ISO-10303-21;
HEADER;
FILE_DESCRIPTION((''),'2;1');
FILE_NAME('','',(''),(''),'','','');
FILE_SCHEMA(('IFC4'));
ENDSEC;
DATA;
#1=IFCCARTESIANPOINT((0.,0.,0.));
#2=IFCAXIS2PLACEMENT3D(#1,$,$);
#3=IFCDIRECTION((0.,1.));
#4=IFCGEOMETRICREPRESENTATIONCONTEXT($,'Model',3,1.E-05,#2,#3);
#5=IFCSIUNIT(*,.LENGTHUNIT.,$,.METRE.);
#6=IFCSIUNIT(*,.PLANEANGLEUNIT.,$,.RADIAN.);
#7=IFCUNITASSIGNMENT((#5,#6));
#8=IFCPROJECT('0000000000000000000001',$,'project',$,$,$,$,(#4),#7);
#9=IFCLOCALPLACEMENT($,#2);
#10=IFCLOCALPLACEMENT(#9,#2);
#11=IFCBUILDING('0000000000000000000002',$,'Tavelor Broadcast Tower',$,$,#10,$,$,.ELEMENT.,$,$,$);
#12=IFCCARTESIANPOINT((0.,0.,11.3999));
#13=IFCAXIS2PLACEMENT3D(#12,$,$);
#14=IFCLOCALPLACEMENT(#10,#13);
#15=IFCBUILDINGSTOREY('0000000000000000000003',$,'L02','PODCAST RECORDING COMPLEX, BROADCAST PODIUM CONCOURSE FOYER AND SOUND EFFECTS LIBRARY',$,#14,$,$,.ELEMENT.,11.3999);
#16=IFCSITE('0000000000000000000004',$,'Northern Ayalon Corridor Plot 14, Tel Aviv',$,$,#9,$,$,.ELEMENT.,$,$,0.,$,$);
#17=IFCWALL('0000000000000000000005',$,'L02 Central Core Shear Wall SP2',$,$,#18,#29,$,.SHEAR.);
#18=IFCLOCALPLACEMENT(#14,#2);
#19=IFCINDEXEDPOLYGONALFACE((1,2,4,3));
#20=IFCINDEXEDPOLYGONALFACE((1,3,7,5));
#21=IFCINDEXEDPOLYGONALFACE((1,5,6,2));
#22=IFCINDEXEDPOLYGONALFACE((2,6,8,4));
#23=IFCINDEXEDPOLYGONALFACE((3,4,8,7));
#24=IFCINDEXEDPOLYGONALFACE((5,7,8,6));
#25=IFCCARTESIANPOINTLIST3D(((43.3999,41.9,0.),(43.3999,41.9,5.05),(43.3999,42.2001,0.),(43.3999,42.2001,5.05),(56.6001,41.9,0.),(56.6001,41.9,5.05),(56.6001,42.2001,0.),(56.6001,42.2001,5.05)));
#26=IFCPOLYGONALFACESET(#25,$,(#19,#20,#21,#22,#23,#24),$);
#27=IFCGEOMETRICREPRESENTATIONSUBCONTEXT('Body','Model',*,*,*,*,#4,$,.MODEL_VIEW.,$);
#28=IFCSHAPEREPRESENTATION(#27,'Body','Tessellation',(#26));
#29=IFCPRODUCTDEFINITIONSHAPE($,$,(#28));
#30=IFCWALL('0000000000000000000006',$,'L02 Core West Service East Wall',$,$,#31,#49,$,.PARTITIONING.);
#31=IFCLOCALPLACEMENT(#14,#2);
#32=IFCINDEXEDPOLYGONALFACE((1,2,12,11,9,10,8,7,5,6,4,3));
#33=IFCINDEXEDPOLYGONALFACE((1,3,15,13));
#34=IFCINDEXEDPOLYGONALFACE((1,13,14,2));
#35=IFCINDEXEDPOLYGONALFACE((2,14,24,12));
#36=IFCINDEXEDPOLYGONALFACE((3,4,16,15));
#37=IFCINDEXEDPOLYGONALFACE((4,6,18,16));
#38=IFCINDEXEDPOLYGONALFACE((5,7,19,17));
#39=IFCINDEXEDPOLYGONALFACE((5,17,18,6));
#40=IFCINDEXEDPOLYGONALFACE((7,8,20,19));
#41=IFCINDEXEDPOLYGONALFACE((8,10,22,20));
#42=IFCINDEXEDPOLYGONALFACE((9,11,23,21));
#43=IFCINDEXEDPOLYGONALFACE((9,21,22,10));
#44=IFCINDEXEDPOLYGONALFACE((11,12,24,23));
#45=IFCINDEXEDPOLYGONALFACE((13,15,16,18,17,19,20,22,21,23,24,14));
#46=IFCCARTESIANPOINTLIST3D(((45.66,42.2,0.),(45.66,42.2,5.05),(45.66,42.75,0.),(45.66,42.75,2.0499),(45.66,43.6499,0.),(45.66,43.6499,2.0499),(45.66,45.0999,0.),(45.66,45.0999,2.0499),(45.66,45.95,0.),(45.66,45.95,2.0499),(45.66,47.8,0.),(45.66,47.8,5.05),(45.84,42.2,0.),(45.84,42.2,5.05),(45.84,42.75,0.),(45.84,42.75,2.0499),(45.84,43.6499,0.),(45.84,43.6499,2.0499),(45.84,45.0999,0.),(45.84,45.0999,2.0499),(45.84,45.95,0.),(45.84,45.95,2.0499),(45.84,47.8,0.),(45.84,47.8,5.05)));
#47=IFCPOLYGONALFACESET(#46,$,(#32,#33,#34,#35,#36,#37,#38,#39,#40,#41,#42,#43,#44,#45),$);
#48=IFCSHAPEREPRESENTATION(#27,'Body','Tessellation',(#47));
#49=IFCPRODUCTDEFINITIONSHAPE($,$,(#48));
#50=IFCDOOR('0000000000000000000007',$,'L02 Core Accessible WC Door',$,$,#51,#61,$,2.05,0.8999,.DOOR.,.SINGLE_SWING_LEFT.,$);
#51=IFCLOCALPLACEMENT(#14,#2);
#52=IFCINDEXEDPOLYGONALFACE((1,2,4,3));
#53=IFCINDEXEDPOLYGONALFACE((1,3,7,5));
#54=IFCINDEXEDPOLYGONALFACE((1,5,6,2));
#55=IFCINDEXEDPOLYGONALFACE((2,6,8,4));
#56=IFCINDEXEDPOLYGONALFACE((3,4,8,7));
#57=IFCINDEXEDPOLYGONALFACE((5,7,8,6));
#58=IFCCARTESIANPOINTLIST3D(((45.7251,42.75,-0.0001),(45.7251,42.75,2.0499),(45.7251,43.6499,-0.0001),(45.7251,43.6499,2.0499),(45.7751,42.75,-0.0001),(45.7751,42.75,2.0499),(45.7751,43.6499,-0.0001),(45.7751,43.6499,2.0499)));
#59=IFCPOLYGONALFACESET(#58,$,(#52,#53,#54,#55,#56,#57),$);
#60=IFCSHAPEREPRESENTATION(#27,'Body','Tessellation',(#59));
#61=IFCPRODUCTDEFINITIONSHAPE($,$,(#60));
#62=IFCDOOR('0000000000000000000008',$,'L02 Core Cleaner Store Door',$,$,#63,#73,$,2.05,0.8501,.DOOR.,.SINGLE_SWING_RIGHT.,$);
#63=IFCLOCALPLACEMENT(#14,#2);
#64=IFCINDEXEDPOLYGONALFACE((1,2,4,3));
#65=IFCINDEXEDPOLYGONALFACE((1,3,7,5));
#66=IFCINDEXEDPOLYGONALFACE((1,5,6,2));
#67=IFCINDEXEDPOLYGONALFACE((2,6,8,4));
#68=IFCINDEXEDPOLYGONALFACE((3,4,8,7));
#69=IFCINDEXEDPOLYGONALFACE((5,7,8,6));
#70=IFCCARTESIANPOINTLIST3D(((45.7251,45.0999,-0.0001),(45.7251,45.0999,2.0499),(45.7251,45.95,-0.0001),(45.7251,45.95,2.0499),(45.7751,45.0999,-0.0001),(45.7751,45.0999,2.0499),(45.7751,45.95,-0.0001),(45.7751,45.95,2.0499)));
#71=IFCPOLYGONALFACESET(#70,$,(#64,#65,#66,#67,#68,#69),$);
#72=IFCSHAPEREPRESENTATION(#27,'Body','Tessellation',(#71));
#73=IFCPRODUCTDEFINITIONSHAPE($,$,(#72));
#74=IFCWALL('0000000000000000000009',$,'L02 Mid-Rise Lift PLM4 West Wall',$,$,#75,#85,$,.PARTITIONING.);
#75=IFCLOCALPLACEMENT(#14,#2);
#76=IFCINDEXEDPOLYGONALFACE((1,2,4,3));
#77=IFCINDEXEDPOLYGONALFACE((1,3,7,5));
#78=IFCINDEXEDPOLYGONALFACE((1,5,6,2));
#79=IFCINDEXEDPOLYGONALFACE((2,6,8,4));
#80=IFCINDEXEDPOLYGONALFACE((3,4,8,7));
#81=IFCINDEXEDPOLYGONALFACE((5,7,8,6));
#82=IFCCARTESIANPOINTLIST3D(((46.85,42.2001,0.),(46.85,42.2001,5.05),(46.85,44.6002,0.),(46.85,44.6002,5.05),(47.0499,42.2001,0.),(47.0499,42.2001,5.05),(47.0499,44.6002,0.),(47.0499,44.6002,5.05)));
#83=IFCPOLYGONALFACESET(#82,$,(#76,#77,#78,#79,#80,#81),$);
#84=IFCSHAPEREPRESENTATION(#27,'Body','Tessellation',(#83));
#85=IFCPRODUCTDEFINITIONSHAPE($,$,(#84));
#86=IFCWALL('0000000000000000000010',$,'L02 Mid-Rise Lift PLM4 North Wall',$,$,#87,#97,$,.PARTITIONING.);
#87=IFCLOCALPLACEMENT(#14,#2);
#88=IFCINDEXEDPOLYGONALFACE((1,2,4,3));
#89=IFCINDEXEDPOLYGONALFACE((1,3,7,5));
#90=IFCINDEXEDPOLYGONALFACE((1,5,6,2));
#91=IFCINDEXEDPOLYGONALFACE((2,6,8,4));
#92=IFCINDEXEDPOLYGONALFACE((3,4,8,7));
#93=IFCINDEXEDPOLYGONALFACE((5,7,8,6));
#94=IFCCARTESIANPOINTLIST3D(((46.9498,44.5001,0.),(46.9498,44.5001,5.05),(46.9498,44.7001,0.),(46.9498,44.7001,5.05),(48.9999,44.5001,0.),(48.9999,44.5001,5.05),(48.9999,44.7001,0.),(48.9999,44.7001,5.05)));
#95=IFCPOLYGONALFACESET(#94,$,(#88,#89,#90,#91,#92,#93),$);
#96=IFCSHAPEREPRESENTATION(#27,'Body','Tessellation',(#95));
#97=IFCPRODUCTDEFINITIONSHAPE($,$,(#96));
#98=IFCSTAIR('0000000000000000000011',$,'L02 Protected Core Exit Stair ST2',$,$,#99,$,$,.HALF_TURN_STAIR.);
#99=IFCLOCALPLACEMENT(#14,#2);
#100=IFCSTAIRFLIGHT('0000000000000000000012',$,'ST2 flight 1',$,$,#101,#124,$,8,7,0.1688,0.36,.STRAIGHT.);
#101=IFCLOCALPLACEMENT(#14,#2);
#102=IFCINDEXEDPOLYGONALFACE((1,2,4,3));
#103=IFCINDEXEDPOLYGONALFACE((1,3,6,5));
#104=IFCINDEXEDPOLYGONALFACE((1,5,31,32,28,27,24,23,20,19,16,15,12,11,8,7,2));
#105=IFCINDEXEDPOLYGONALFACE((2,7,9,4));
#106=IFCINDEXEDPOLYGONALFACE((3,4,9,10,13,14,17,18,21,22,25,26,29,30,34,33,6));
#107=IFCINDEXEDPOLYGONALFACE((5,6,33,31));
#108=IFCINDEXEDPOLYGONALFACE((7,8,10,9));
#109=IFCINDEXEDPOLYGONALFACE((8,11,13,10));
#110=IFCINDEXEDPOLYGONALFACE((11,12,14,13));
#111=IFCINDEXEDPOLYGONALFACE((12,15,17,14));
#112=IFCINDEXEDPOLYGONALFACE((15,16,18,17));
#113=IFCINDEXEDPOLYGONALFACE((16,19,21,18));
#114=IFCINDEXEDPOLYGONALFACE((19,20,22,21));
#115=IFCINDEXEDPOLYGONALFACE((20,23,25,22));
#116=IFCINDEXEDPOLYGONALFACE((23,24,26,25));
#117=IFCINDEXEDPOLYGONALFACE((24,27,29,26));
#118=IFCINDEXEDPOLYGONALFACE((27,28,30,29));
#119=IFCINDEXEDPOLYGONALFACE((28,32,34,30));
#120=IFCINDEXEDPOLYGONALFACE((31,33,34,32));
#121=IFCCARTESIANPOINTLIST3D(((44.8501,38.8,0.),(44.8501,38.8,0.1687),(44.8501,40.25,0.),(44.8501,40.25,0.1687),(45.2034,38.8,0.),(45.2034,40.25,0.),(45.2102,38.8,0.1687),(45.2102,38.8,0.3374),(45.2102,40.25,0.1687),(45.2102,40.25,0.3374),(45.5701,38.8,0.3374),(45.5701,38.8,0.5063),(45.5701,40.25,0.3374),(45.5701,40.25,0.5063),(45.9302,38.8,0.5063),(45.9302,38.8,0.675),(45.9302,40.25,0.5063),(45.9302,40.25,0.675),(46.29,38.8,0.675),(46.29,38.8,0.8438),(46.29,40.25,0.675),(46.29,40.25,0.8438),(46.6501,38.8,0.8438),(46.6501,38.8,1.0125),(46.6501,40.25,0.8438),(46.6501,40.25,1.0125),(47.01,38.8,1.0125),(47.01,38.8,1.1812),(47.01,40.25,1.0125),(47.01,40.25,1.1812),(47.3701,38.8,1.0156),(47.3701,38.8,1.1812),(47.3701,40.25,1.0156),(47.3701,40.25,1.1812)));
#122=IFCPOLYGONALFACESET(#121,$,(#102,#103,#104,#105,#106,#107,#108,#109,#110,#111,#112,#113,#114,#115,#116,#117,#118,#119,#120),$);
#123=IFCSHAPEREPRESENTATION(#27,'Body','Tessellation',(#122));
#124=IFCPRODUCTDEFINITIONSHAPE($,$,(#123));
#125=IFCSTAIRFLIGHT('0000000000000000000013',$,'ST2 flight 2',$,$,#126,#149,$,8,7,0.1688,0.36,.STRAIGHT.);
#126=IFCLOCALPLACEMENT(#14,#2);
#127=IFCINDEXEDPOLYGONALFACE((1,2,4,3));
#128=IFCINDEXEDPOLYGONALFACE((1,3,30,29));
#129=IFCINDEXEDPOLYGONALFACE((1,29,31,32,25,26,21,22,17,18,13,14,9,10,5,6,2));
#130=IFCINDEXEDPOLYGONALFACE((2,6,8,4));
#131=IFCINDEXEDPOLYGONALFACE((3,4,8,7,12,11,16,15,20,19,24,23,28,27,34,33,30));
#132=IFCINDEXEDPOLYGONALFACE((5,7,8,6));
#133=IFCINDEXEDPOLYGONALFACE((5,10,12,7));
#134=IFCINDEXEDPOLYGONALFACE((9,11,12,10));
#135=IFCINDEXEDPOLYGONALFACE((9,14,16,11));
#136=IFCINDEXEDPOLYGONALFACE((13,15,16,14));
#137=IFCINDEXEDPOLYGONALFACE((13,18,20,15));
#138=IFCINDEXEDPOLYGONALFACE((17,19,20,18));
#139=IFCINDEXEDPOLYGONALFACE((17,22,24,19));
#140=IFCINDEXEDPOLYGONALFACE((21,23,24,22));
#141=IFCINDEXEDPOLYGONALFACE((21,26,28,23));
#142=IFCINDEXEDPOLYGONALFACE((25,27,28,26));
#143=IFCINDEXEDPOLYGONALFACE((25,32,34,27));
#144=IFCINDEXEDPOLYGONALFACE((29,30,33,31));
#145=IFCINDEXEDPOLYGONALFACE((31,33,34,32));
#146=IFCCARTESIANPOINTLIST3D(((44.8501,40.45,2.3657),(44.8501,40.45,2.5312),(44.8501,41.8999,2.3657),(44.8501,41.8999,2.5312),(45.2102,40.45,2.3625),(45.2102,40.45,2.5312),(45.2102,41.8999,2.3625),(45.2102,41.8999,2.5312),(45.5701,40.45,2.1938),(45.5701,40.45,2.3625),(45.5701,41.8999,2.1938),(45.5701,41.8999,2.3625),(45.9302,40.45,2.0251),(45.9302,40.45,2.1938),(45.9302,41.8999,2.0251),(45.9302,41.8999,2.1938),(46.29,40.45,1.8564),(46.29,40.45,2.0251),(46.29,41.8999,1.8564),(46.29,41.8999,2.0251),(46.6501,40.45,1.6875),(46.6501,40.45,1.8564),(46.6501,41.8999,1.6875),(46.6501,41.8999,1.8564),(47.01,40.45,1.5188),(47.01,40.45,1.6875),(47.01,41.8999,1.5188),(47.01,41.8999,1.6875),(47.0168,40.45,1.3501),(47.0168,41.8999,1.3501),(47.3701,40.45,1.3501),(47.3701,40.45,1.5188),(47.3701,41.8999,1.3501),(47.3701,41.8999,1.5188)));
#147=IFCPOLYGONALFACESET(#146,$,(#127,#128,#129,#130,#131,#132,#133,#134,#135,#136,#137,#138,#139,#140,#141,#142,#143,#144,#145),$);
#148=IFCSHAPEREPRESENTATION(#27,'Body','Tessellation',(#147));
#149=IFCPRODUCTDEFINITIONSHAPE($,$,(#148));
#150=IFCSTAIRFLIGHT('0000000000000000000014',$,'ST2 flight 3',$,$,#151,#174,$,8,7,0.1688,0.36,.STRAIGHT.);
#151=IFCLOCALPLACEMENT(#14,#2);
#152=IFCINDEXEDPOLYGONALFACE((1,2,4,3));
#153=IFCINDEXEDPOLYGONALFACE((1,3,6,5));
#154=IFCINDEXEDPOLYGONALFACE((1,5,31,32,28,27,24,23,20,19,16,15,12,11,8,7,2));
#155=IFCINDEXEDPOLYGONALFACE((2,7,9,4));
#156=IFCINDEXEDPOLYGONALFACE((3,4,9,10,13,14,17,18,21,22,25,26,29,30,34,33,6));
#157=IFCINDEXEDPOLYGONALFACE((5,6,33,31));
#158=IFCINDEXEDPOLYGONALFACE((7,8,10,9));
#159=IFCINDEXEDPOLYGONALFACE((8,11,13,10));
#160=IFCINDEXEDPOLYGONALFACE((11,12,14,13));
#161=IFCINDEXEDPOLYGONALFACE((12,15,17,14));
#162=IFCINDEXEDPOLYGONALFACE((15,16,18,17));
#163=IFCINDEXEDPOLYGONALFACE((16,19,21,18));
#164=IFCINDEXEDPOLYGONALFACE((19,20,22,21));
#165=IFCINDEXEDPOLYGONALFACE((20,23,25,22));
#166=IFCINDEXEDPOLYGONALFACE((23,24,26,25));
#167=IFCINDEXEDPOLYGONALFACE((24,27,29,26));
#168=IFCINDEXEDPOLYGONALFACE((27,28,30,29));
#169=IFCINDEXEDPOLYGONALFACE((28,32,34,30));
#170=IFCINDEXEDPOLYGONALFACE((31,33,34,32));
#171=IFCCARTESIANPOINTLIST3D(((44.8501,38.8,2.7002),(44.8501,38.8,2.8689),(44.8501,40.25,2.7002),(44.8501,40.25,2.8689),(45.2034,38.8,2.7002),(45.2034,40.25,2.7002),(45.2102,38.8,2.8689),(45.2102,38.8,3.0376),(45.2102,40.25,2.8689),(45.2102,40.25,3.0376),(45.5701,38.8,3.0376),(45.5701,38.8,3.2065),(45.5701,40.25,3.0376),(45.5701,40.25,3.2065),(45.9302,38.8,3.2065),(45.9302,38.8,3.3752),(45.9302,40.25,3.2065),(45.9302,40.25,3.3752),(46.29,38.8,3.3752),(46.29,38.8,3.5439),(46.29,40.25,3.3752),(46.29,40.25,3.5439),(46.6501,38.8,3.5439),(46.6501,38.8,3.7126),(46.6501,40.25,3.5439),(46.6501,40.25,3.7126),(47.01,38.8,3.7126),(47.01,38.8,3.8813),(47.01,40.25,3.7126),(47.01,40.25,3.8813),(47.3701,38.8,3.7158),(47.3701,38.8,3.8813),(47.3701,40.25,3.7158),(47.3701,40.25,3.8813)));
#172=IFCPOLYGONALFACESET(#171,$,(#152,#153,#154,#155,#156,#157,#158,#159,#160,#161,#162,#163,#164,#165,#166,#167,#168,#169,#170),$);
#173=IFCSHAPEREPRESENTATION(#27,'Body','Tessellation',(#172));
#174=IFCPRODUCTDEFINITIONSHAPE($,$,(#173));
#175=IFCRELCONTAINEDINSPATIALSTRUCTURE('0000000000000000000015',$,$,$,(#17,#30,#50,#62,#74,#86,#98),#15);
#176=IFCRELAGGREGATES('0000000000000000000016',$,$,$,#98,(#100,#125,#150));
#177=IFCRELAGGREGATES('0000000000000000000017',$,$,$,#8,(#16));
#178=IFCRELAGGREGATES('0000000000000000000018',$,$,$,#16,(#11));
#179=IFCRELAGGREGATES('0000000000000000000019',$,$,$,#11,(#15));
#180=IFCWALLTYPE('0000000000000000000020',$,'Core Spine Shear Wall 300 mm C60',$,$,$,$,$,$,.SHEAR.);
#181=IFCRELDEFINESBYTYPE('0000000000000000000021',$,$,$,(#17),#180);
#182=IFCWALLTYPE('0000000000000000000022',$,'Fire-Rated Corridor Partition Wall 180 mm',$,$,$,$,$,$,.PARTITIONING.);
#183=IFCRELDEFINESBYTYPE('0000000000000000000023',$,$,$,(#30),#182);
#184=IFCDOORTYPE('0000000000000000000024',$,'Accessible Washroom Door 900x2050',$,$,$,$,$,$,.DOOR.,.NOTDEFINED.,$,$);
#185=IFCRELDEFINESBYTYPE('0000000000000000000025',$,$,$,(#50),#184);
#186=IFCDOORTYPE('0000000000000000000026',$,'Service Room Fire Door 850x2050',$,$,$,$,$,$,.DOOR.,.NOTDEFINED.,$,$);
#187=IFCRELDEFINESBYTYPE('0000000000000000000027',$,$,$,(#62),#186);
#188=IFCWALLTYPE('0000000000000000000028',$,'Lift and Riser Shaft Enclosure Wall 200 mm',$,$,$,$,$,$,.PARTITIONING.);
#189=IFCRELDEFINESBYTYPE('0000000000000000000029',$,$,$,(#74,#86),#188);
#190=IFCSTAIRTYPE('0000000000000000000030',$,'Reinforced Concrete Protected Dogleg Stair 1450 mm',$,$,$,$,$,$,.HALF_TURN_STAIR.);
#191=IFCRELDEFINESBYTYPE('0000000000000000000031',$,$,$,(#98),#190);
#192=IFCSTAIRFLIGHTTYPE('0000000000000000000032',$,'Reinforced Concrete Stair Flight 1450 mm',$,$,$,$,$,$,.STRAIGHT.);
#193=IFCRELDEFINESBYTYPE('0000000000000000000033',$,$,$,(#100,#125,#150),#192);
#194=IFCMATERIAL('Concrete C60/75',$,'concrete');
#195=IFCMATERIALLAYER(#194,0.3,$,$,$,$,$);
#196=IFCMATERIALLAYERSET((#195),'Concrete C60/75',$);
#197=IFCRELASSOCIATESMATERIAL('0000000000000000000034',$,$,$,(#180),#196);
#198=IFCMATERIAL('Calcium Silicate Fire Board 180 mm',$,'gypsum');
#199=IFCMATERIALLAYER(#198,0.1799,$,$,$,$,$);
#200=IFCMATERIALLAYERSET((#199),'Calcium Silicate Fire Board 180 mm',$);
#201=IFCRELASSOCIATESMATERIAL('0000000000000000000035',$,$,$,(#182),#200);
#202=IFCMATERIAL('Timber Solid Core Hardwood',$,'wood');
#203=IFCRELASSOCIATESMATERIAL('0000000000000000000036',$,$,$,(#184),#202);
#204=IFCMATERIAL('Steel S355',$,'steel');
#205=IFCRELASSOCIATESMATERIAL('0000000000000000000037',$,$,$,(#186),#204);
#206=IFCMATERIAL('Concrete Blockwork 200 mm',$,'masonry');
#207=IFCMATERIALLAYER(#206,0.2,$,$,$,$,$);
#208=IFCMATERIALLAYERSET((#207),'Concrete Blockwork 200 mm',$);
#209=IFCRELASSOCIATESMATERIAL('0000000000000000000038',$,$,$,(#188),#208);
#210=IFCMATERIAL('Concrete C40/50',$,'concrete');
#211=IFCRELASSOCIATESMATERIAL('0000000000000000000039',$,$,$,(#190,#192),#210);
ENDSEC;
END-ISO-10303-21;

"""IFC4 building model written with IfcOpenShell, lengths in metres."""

from ifc_helpers import new_model, si_unit, direction, frame, frame_2d, origin, place, context, subcontext, project, spatial, polyline, rectangle, outline, extrude, material, layer, layer_set, type_object, element, fill, aggregate, save


model = new_model("IFC4")

# Units and contexts
model_context = context("Model", 3, precision=1e-05, world=origin(), true_north=direction((0.0, 1.0)))
body_context = subcontext(model_context, "Body", "Model", "MODEL_VIEW")
ifc_project = project(units=[si_unit("LENGTHUNIT", "METRE"), si_unit("PLANEANGLEUNIT", "RADIAN")], contexts=[model_context])

# Site, building, storey
site_placement = place(None, origin())
site = spatial("IfcSite", under=ifc_project, at=site_placement, Name="Northern Ayalon Corridor Plot 14, Tel Aviv", CompositionType="ELEMENT", RefElevation=0.0)
building_placement = place(site_placement, origin())
building = spatial("IfcBuilding", under=site, at=building_placement, Name="Tavelor Broadcast Tower", CompositionType="ELEMENT")
storey_placement = place(building_placement, frame((0.0, 0.0, 11.3999)))
storey = spatial("IfcBuildingStorey", under=building, at=storey_placement, Name="L02", Description="PODCAST RECORDING COMPLEX, BROADCAST PODIUM CONCOURSE FOYER AND SOUND EFFECTS LIBRARY", CompositionType="ELEMENT", Elevation=11.3999)

# Wall
ifc_material_1 = material(Name="Concrete C60/75", Category="concrete")
ifc_layer_1 = layer(ifc_material_1, 0.3)
ifc_layer_set_1 = layer_set([ifc_layer_1], Name="Concrete C60/75")
wall_type_1 = type_object("IfcWallType", Name="Core Spine Shear Wall 300 mm C60", PredefinedType="SHEAR", material=ifc_layer_set_1)
wall_1_placement = place(storey_placement, frame((43.3999, 42.05, 0.0), z_axis=(0.0, 0.0, 1.0), x_axis=(1.0, 0.0, 0.0)))
element("IfcWall", 1, at=wall_1_placement, inside=storey, type_object=wall_type_1, Name="L02 Central Core Shear Wall SP2", PredefinedType="SHEAR", context=body_context, shape_type="SweptSolid", body=[
    extrude(rectangle(XDim=13.2002, YDim=0.3, at=frame_2d((6.6001, 0.0))), origin(), (0.0, 0.0, 1.0), 5.05),
])

# Wall, openings, doors
ifc_material_2 = material(Name="Calcium Silicate Fire Board 180 mm", Category="gypsum")
ifc_layer_2 = layer(ifc_material_2, 0.1799)
ifc_layer_set_2 = layer_set([ifc_layer_2], Name="Calcium Silicate Fire Board 180 mm")
wall_type_2 = type_object("IfcWallType", Name="Fire-Rated Corridor Partition Wall 180 mm", PredefinedType="PARTITIONING", material=ifc_layer_set_2)
wall_2_placement = place(storey_placement, frame((45.75, 42.2, 0.0), z_axis=(0.0, 0.0, 1.0), x_axis=(0.0, 1.0, 0.0)))
wall_2 = element("IfcWall", 2, at=wall_2_placement, inside=storey, type_object=wall_type_2, Name="L02 Core West Service East Wall", PredefinedType="PARTITIONING", context=body_context, shape_type="SweptSolid", body=[
    extrude(rectangle(XDim=5.6001, YDim=0.1799, at=frame_2d((2.8, 0.0))), origin(), (0.0, 0.0, 1.0), 5.05),
])
opening_1_placement = place(wall_2_placement, frame((0.55, 0.0, 0.0)))
opening_1 = element("IfcOpeningElement", 3, at=opening_1_placement, cuts=wall_2, PredefinedType="OPENING", context=body_context, shape_type="SweptSolid", body=[
    extrude(rectangle(XDim=0.8999, YDim=2.05, at=frame_2d((0.45, 1.0249))), frame((0.0, 0.1001, 0.0), z_axis=(0.0, -1.0, 0.0), x_axis=(1.0, 0.0, 0.0)), (0.0, 0.0, 1.0), 0.2),
])
opening_2_placement = place(wall_2_placement, frame((2.8999, 0.0, 0.0)))
opening_2 = element("IfcOpeningElement", 4, at=opening_2_placement, cuts=wall_2, PredefinedType="OPENING", context=body_context, shape_type="SweptSolid", body=[
    extrude(rectangle(XDim=0.8501, YDim=2.05, at=frame_2d((0.425, 1.0249))), frame((0.0, 0.1001, 0.0), z_axis=(0.0, -1.0, 0.0), x_axis=(1.0, 0.0, 0.0)), (0.0, 0.0, 1.0), 0.2),
])
ifc_material_3 = material(Name="Timber Solid Core Hardwood", Category="wood")
door_type_1 = type_object("IfcDoorType", Name="Accessible Washroom Door 900x2050", OperationType="NOTDEFINED", PredefinedType="DOOR", material=ifc_material_3)
door_1_placement = place(opening_1_placement, origin())
door_1 = element("IfcDoor", 5, at=door_1_placement, inside=storey, type_object=door_type_1, Name="L02 Core Accessible WC Door", OperationType="SINGLE_SWING_LEFT", OverallHeight=2.05, OverallWidth=0.8999, PredefinedType="DOOR", context=body_context, shape_type="SweptSolid", body=[
    extrude(rectangle(XDim=0.8999, YDim=2.05, at=frame_2d((0.45, 1.0249))), frame((0.0, 0.0249, 0.0), z_axis=(0.0, -1.0, 0.0), x_axis=(1.0, 0.0, 0.0)), (0.0, 0.0, 1.0), 0.05),
])
fill(opening_1, door_1)
ifc_material_4 = material(Name="Steel S355", Category="steel")
door_type_2 = type_object("IfcDoorType", Name="Service Room Fire Door 850x2050", OperationType="NOTDEFINED", PredefinedType="DOOR", material=ifc_material_4)
door_2_placement = place(opening_2_placement, origin())
door_2 = element("IfcDoor", 6, at=door_2_placement, inside=storey, type_object=door_type_2, Name="L02 Core Cleaner Store Door", OperationType="SINGLE_SWING_RIGHT", OverallHeight=2.05, OverallWidth=0.8501, PredefinedType="DOOR", context=body_context, shape_type="SweptSolid", body=[
    extrude(rectangle(XDim=0.8501, YDim=2.05, at=frame_2d((0.425, 1.0249))), frame((0.0, 0.0249, 0.0), z_axis=(0.0, -1.0, 0.0), x_axis=(1.0, 0.0, 0.0)), (0.0, 0.0, 1.0), 0.05),
])
fill(opening_2, door_2)

# Walls
ifc_material_5 = material(Name="Concrete Blockwork 200 mm", Category="masonry")
ifc_layer_3 = layer(ifc_material_5, 0.2)
ifc_layer_set_3 = layer_set([ifc_layer_3], Name="Concrete Blockwork 200 mm")
wall_type_3 = type_object("IfcWallType", Name="Lift and Riser Shaft Enclosure Wall 200 mm", PredefinedType="PARTITIONING", material=ifc_layer_set_3)
wall_3_placement = place(storey_placement, frame((46.95, 42.2, 0.0), z_axis=(0.0, 0.0, 1.0), x_axis=(0.0, 1.0, 0.0)))
element("IfcWall", 7, at=wall_3_placement, inside=storey, type_object=wall_type_3, Name="L02 Mid-Rise Lift PLM4 West Wall", PredefinedType="PARTITIONING", context=body_context, shape_type="SweptSolid", body=[
    extrude(rectangle(XDim=2.4001, YDim=0.2, at=frame_2d((1.2002, 0.0))), origin(), (0.0, 0.0, 1.0), 5.05),
])
wall_4_placement = place(storey_placement, frame((46.95, 44.6001, 0.0), z_axis=(0.0, 0.0, 1.0), x_axis=(1.0, 0.0, 0.0)))
element("IfcWall", 8, at=wall_4_placement, inside=storey, type_object=wall_type_3, Name="L02 Mid-Rise Lift PLM4 North Wall", PredefinedType="PARTITIONING", context=body_context, shape_type="SweptSolid", body=[
    extrude(rectangle(XDim=2.05, YDim=0.2, at=frame_2d((1.0249, 0.0))), origin(), (0.0, 0.0, 1.0), 5.05),
])

# Stair, stair flights
ifc_material_6 = material(Name="Concrete C40/50", Category="concrete")
stair_type = type_object("IfcStairType", Name="Reinforced Concrete Protected Dogleg Stair 1450 mm", PredefinedType="HALF_TURN_STAIR", material=ifc_material_6)
stair_placement = place(storey_placement, origin())
stair = element("IfcStair", 9, at=stair_placement, inside=storey, type_object=stair_type, Name="L02 Protected Core Exit Stair ST2", PredefinedType="HALF_TURN_STAIR")
stair_flight_type = type_object("IfcStairFlightType", Name="Reinforced Concrete Stair Flight 1450 mm", PredefinedType="STRAIGHT", material=ifc_material_6)
stair_flight_1_placement = place(storey_placement, frame((44.8501, 39.5249, 0.0), z_axis=(0.0, 0.0, 1.0), x_axis=(1.0, 0.0, 0.0)))
stair_flight_1 = element("IfcStairFlight", 10, at=stair_flight_1_placement, type_object=stair_flight_type, Name="ST2 flight 1", NumberOfRisers=8, NumberOfTreads=7, PredefinedType="STRAIGHT", RiserHeight=0.1688, TreadLength=0.36, context=body_context, shape_type="SweptSolid", body=[
    extrude(outline(polyline([(0.0, 0.0), (0.0, 0.1687), (0.3601, 0.1687), (0.3601, 0.3374), (0.72, 0.3374), (0.72, 0.5063), (1.0801, 0.5063), (1.0801, 0.675), (1.4399, 0.675), (1.4399, 0.8438), (1.8, 0.8438), (1.8, 1.0125), (2.1599, 1.0125), (2.1599, 1.1812), (2.52, 1.1812), (2.52, 1.3501), (2.52, 1.0156), (0.3533, 0.0), (0.0, 0.0)])), frame((0.0, 0.7251, 0.0), z_axis=(0.0, -1.0, 0.0), x_axis=(1.0, 0.0, 0.0)), (0.0, 0.0, 1.0), 1.45),
])
stair_flight_2_placement = place(storey_placement, frame((47.3701, 41.175, 1.3501), z_axis=(0.0, 0.0, 1.0), x_axis=(-1.0, 0.0, 0.0)))
stair_flight_2 = element("IfcStairFlight", 11, at=stair_flight_2_placement, type_object=stair_flight_type, Name="ST2 flight 2", NumberOfRisers=8, NumberOfTreads=7, PredefinedType="STRAIGHT", RiserHeight=0.1688, TreadLength=0.36, context=body_context, shape_type="SweptSolid", body=[
    extrude(outline(polyline([(0.0, 0.0), (0.0, 0.1687), (0.3601, 0.1687), (0.3601, 0.3374), (0.72, 0.3374), (0.72, 0.5063), (1.0801, 0.5063), (1.0801, 0.675), (1.4399, 0.675), (1.4399, 0.8438), (1.8, 0.8438), (1.8, 1.0125), (2.1599, 1.0125), (2.1599, 1.1812), (2.52, 1.1812), (2.52, 1.3501), (2.52, 1.0156), (0.3533, 0.0), (0.0, 0.0)])), frame((0.0, 0.7251, 0.0), z_axis=(0.0, -1.0, 0.0), x_axis=(1.0, 0.0, 0.0)), (0.0, 0.0, 1.0), 1.45),
])
stair_flight_3_placement = place(storey_placement, frame((44.8501, 39.5249, 2.7002), z_axis=(0.0, 0.0, 1.0), x_axis=(1.0, 0.0, 0.0)))
stair_flight_3 = element("IfcStairFlight", 12, at=stair_flight_3_placement, type_object=stair_flight_type, Name="ST2 flight 3", NumberOfRisers=8, NumberOfTreads=7, PredefinedType="STRAIGHT", RiserHeight=0.1688, TreadLength=0.36, context=body_context, shape_type="SweptSolid", body=[
    extrude(outline(polyline([(0.0, 0.0), (0.0, 0.1687), (0.3601, 0.1687), (0.3601, 0.3374), (0.72, 0.3374), (0.72, 0.5063), (1.0801, 0.5063), (1.0801, 0.675), (1.4399, 0.675), (1.4399, 0.8438), (1.8, 0.8438), (1.8, 1.0125), (2.1599, 1.0125), (2.1599, 1.1812), (2.52, 1.1812), (2.52, 1.3501), (2.52, 1.0156), (0.3533, 0.0), (0.0, 0.0)])), frame((0.0, 0.7251, 0.0), z_axis=(0.0, -1.0, 0.0), x_axis=(1.0, 0.0, 0.0)), (0.0, 0.0, 1.0), 1.45),
])
aggregate(stair, [stair_flight_1, stair_flight_2, stair_flight_3])

save(model, "model.ifc")
